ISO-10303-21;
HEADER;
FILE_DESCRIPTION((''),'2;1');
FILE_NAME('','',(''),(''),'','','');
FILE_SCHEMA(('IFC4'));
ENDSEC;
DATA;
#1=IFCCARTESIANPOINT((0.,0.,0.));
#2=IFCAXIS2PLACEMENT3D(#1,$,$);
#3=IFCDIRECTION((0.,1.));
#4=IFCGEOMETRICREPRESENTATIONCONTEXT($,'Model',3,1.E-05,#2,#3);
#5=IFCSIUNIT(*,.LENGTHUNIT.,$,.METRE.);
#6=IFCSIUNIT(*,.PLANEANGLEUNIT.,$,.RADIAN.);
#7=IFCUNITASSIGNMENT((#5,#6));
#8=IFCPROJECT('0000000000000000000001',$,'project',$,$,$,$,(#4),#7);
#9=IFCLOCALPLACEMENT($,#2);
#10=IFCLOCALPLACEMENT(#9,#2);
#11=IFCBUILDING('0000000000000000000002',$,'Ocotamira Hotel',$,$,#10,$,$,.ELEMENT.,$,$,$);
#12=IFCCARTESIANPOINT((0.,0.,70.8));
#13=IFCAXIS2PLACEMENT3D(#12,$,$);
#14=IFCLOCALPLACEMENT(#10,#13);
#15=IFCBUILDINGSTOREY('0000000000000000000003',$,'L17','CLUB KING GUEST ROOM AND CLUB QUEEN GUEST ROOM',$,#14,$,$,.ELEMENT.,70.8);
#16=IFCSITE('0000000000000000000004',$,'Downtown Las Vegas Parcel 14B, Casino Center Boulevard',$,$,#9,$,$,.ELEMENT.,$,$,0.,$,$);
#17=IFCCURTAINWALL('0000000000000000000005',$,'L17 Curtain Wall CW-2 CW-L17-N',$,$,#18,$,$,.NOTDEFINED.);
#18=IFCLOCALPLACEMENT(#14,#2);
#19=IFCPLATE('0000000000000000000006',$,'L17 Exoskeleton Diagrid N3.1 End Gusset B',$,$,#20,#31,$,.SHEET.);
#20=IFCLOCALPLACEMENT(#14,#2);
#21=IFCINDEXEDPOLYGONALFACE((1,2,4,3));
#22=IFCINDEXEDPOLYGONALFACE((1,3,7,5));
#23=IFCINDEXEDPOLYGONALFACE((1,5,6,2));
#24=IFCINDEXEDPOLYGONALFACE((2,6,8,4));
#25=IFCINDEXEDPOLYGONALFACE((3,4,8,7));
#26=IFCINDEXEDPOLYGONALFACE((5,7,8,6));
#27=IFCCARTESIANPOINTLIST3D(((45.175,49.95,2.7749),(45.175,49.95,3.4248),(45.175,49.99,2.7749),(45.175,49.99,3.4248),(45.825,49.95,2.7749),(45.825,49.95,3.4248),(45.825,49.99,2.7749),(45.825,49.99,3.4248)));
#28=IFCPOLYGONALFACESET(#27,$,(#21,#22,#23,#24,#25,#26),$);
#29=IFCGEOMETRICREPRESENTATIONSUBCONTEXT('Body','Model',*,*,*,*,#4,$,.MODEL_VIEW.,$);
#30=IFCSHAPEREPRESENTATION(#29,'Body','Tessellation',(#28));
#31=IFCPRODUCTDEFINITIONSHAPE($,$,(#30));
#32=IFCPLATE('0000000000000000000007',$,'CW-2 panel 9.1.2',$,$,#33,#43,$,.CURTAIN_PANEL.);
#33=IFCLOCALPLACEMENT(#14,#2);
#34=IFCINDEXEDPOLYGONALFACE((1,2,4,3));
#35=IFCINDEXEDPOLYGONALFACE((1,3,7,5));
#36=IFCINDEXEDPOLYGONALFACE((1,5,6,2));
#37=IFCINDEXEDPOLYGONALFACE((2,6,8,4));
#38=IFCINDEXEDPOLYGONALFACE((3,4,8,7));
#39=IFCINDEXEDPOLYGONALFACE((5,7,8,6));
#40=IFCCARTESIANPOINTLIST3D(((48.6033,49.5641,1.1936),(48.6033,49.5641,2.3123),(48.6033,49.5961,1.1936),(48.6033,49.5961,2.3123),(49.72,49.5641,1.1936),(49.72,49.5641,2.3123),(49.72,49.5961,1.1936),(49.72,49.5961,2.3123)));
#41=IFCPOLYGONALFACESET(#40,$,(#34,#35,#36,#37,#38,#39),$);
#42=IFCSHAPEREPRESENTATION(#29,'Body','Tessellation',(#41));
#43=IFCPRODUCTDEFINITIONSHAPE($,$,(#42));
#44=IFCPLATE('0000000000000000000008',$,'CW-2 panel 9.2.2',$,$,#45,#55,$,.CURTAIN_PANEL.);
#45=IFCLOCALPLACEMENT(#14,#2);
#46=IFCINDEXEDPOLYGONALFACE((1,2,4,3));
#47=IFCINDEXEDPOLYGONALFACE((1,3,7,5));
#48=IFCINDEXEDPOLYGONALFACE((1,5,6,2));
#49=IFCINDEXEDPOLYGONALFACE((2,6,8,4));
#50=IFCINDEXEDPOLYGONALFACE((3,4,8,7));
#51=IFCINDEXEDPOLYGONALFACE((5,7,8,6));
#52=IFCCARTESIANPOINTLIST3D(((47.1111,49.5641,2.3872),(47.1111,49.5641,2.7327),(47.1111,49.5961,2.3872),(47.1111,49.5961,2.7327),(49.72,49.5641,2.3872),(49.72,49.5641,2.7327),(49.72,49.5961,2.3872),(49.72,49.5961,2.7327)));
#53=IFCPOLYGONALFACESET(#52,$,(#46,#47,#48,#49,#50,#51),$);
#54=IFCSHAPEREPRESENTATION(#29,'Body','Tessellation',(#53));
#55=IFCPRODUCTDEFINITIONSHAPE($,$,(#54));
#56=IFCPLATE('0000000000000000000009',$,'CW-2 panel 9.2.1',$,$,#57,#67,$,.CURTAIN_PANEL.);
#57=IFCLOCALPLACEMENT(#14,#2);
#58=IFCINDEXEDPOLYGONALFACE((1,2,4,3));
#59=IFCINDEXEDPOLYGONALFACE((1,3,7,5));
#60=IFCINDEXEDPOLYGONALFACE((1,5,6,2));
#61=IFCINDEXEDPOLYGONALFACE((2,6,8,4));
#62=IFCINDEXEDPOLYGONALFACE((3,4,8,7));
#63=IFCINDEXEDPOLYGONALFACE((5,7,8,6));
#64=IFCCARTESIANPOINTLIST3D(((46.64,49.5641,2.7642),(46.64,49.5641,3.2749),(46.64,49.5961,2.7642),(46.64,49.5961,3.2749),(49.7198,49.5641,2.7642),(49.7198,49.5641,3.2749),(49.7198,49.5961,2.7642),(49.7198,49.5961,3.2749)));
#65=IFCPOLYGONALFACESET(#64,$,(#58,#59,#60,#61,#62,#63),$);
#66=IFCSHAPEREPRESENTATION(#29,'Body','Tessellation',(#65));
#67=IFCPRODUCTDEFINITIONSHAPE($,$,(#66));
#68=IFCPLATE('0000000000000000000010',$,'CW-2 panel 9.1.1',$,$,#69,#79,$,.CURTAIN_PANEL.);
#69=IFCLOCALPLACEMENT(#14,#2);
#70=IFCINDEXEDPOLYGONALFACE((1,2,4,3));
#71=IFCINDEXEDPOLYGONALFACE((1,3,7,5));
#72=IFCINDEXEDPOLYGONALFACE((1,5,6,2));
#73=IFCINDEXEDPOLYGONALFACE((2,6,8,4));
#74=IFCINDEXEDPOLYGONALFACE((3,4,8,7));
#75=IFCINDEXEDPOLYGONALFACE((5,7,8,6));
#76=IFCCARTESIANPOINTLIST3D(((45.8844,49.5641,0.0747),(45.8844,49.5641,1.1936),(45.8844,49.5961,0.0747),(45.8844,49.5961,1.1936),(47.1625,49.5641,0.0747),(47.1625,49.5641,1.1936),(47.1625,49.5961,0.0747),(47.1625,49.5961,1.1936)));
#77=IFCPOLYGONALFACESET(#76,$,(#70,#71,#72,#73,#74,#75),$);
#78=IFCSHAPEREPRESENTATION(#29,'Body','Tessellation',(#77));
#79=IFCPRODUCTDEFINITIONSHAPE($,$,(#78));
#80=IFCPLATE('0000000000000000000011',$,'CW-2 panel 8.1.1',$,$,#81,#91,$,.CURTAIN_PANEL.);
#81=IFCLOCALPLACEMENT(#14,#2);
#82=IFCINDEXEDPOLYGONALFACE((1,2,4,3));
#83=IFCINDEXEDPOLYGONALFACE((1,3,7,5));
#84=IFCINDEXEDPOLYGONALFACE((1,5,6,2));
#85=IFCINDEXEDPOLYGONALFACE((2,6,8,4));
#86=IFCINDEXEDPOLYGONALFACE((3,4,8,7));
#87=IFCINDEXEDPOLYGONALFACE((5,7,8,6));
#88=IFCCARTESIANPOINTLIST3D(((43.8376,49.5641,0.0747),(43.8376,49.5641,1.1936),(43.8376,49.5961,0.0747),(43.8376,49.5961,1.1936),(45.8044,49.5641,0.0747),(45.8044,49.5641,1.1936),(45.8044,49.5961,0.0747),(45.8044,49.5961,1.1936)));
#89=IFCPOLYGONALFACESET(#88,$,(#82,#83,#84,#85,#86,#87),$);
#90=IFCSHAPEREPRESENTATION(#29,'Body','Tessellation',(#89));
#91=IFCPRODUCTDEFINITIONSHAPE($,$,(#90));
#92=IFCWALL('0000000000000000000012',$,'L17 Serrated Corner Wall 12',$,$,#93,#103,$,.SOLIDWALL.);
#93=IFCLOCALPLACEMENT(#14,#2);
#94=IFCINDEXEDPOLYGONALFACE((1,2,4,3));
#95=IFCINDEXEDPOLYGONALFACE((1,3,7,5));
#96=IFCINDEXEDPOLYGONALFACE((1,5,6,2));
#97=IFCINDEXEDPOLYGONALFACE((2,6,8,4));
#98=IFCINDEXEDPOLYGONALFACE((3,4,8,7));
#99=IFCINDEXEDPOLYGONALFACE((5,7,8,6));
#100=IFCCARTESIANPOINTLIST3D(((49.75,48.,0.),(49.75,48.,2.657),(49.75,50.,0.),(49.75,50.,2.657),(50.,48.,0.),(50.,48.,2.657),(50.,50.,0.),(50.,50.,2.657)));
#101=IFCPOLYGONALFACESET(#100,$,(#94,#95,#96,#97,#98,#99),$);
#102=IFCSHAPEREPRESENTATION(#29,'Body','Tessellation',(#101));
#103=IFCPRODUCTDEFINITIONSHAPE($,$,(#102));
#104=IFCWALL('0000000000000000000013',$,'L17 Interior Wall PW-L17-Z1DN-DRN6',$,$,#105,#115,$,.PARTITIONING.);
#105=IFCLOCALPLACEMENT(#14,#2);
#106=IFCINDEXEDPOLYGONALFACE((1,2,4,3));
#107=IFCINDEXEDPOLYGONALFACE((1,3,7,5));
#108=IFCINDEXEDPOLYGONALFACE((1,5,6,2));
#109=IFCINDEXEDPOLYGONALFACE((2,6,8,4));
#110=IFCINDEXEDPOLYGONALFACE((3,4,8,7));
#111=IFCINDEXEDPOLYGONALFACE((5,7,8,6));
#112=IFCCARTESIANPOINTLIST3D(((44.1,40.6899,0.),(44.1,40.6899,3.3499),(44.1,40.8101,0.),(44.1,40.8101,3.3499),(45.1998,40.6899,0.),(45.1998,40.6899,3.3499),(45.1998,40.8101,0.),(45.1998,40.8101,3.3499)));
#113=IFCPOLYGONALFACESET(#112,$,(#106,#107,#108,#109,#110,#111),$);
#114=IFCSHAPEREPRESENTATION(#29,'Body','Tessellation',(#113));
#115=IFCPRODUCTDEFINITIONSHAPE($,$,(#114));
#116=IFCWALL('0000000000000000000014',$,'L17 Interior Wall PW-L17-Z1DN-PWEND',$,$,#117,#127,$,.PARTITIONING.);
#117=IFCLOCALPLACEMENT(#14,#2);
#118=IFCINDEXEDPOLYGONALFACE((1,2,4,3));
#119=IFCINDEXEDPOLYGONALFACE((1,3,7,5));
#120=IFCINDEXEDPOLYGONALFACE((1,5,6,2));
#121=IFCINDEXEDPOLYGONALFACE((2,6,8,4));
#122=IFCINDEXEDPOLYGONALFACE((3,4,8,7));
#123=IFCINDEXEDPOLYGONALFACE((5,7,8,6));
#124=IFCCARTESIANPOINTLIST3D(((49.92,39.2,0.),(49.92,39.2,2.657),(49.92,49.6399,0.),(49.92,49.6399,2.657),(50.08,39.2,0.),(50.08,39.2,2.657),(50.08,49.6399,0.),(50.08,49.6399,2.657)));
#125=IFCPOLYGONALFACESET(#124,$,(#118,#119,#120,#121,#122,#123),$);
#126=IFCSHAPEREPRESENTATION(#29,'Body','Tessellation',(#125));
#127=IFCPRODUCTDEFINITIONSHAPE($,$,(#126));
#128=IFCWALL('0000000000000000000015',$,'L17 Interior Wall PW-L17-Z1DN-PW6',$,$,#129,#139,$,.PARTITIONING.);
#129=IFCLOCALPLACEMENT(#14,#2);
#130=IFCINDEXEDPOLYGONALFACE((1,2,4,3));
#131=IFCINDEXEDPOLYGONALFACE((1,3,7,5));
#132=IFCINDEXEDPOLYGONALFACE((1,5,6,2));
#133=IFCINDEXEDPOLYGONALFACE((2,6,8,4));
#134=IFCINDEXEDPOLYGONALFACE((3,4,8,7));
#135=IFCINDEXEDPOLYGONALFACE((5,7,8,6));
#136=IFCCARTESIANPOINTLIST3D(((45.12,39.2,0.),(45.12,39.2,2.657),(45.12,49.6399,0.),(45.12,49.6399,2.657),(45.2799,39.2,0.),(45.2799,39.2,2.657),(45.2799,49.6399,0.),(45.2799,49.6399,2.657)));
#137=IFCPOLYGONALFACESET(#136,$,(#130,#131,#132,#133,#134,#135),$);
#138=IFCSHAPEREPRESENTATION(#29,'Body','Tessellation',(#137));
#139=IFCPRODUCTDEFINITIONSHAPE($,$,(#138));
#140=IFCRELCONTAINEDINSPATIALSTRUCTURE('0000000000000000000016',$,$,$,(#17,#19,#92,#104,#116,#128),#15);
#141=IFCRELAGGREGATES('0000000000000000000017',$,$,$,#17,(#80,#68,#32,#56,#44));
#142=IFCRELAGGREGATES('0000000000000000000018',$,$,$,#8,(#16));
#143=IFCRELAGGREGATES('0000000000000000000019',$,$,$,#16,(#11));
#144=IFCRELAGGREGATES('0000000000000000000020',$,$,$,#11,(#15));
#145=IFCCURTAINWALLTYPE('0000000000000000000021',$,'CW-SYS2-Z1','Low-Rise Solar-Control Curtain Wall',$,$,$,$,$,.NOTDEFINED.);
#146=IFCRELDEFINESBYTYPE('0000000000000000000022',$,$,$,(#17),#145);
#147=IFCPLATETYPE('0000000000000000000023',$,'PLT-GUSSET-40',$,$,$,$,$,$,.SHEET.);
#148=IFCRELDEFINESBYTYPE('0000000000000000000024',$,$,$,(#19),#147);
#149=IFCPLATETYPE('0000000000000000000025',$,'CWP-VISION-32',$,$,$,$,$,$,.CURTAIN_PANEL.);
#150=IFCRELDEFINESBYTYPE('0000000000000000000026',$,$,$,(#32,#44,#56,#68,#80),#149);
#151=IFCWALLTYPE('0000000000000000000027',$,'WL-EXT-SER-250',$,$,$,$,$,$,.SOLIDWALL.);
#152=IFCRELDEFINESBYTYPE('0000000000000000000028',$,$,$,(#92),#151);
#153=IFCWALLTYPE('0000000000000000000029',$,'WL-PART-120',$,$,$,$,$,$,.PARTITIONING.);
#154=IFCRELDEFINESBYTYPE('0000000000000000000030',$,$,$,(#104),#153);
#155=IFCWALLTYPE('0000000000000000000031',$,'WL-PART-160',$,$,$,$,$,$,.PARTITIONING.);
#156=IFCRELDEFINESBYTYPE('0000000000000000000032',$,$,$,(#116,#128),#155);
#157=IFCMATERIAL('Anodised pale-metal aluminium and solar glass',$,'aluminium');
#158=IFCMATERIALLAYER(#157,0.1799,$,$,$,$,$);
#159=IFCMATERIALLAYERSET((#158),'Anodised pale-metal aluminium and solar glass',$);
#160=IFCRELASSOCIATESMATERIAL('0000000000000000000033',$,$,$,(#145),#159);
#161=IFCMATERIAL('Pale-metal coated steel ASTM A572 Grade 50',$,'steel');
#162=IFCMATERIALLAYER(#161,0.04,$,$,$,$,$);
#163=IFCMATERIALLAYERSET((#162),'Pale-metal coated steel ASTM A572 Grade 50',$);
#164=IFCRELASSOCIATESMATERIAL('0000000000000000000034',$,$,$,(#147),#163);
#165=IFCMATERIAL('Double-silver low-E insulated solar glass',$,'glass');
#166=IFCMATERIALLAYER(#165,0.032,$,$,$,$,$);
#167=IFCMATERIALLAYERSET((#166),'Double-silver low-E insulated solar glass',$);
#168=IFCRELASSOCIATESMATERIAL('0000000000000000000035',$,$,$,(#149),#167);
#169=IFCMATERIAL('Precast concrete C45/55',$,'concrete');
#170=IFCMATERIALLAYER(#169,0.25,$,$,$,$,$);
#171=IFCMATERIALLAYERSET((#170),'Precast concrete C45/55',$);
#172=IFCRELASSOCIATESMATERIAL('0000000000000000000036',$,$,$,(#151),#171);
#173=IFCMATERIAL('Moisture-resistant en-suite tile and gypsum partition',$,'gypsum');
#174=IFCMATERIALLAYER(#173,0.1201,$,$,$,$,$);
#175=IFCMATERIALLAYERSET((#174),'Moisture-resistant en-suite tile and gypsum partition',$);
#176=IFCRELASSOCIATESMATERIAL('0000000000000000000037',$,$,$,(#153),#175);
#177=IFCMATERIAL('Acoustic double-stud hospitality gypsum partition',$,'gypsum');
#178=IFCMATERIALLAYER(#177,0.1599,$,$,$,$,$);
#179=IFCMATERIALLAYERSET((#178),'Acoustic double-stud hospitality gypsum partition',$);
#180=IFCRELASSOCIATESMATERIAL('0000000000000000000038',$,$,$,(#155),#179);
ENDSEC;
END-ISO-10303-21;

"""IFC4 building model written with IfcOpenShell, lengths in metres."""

from ifc_helpers import new_model, si_unit, direction, frame, frame_2d, origin, origin_2d, place, context, subcontext, project, spatial, rectangle, extrude, source, transform, mapped, material, layer, layer_set, type_object, element, aggregate, save


model = new_model("IFC4")

# Units and contexts
model_context = context("Model", 3, precision=1e-05, world=origin(), true_north=direction((0.0, 1.0)))
body_context = subcontext(model_context, "Body", "Model", "MODEL_VIEW")
ifc_project = project(units=[si_unit("LENGTHUNIT", "METRE"), si_unit("PLANEANGLEUNIT", "RADIAN")], contexts=[model_context])

# Site, building, storey
site_placement = place(None, origin())
site = spatial("IfcSite", under=ifc_project, at=site_placement, Name="Downtown Las Vegas Parcel 14B, Casino Center Boulevard", CompositionType="ELEMENT", RefElevation=0.0)
building_placement = place(site_placement, origin())
building = spatial("IfcBuilding", under=site, at=building_placement, Name="Ocotamira Hotel", CompositionType="ELEMENT")
storey_placement = place(building_placement, frame((0.0, 0.0, 70.8)))
storey = spatial("IfcBuildingStorey", under=building, at=storey_placement, Name="L17", Description="CLUB KING GUEST ROOM AND CLUB QUEEN GUEST ROOM", CompositionType="ELEMENT", Elevation=70.8)

# Curtain wall
ifc_material_1 = material(Name="Anodised pale-metal aluminium and solar glass", Category="aluminium")
ifc_layer_1 = layer(ifc_material_1, 0.1799)
ifc_layer_set_1 = layer_set([ifc_layer_1], Name="Anodised pale-metal aluminium and solar glass")
curtain_wall_type = type_object("IfcCurtainWallType", Name="CW-SYS2-Z1", Description="Low-Rise Solar-Control Curtain Wall", PredefinedType="NOTDEFINED", material=ifc_layer_set_1)
curtain_wall_placement = place(storey_placement, origin())
curtain_wall = element("IfcCurtainWall", 1, at=curtain_wall_placement, inside=storey, type_object=curtain_wall_type, Name="L17 Curtain Wall CW-2 CW-L17-N", PredefinedType="NOTDEFINED")

# Plates
ifc_material_2 = material(Name="Pale-metal coated steel ASTM A572 Grade 50", Category="steel")
ifc_layer_2 = layer(ifc_material_2, 0.04)
ifc_layer_set_2 = layer_set([ifc_layer_2], Name="Pale-metal coated steel ASTM A572 Grade 50")
plate_type_1 = type_object("IfcPlateType", Name="PLT-GUSSET-40", PredefinedType="SHEET", material=ifc_layer_set_2)
shared_shape_1 = source(origin(), body_context, "Body", "SweptSolid", [
    extrude(rectangle(XDim=0.6499, YDim=0.04, at=origin_2d()), origin(), (0.0, 0.0, 1.0), 0.6499),
])
plate_1_placement = place(storey_placement, frame((45.5, 49.97, 2.7749), z_axis=(0.0, 0.0, 1.0), x_axis=(1.0, 0.0, 0.0)))
element("IfcPlate", 2, at=plate_1_placement, inside=storey, type_object=plate_type_1, Name="L17 Exoskeleton Diagrid N3.1 End Gusset B", PredefinedType="SHEET", context=body_context, shape_type="MappedRepresentation", body=[
    mapped(shared_shape_1, transform((0.0, 0.0, 0.0), scale=1.0)),
])
ifc_material_3 = material(Name="Double-silver low-E insulated solar glass", Category="glass")
ifc_layer_3 = layer(ifc_material_3, 0.032)
ifc_layer_set_3 = layer_set([ifc_layer_3], Name="Double-silver low-E insulated solar glass")
plate_type_2 = type_object("IfcPlateType", Name="CWP-VISION-32", PredefinedType="CURTAIN_PANEL", material=ifc_layer_set_3)
shared_shape_2 = source(origin(), body_context, "Body", "SweptSolid", [
    extrude(rectangle(XDim=1.1167, YDim=0.032, at=origin_2d()), origin(), (0.0, 0.0, 1.0), 1.1187),
])
plate_2_placement = place(storey_placement, frame((49.1616, 49.5801, 1.1936), z_axis=(0.0, 0.0, 1.0), x_axis=(1.0, 0.0, 0.0)))
plate_2 = element("IfcPlate", 3, at=plate_2_placement, type_object=plate_type_2, Name="CW-2 panel 9.1.2", PredefinedType="CURTAIN_PANEL", context=body_context, shape_type="MappedRepresentation", body=[
    mapped(shared_shape_2, transform((0.0, 0.0, 0.0), scale=1.0)),
])
shared_shape_3 = source(origin(), body_context, "Body", "SweptSolid", [
    extrude(rectangle(XDim=2.6089, YDim=0.032, at=origin_2d()), origin(), (0.0, 0.0, 1.0), 0.3455),
])
plate_3_placement = place(storey_placement, frame((48.4155, 49.5801, 2.3872), z_axis=(0.0, 0.0, 1.0), x_axis=(1.0, 0.0, 0.0)))
plate_3 = element("IfcPlate", 4, at=plate_3_placement, type_object=plate_type_2, Name="CW-2 panel 9.2.2", PredefinedType="CURTAIN_PANEL", context=body_context, shape_type="MappedRepresentation", body=[
    mapped(shared_shape_3, transform((0.0, 0.0, 0.0), scale=1.0)),
])
shared_shape_4 = source(origin(), body_context, "Body", "SweptSolid", [
    extrude(rectangle(XDim=3.0798, YDim=0.032, at=origin_2d()), origin(), (0.0, 0.0, 1.0), 0.5107),
])
plate_4_placement = place(storey_placement, frame((48.1799, 49.5801, 2.7642), z_axis=(0.0, 0.0, 1.0), x_axis=(1.0, 0.0, 0.0)))
plate_4 = element("IfcPlate", 5, at=plate_4_placement, type_object=plate_type_2, Name="CW-2 panel 9.2.1", PredefinedType="CURTAIN_PANEL", context=body_context, shape_type="MappedRepresentation", body=[
    mapped(shared_shape_4, transform((0.0, 0.0, 0.0), scale=1.0)),
])
shared_shape_5 = source(origin(), body_context, "Body", "SweptSolid", [
    extrude(rectangle(XDim=1.2781, YDim=0.032, at=origin_2d()), origin(), (0.0, 0.0, 1.0), 1.1189),
])
plate_5_placement = place(storey_placement, frame((46.5234, 49.5801, 0.0747), z_axis=(0.0, 0.0, 1.0), x_axis=(1.0, 0.0, 0.0)))
plate_5 = element("IfcPlate", 6, at=plate_5_placement, type_object=plate_type_2, Name="CW-2 panel 9.1.1", PredefinedType="CURTAIN_PANEL", context=body_context, shape_type="MappedRepresentation", body=[
    mapped(shared_shape_5, transform((0.0, 0.0, 0.0), scale=1.0)),
])
shared_shape_6 = source(origin(), body_context, "Body", "SweptSolid", [
    extrude(rectangle(XDim=1.9668, YDim=0.032, at=origin_2d()), origin(), (0.0, 0.0, 1.0), 1.1189),
])
plate_6_placement = place(storey_placement, frame((44.821, 49.5801, 0.0747), z_axis=(0.0, 0.0, 1.0), x_axis=(1.0, 0.0, 0.0)))
plate_6 = element("IfcPlate", 7, at=plate_6_placement, type_object=plate_type_2, Name="CW-2 panel 8.1.1", PredefinedType="CURTAIN_PANEL", context=body_context, shape_type="MappedRepresentation", body=[
    mapped(shared_shape_6, transform((0.0, 0.0, 0.0), scale=1.0)),
])
aggregate(curtain_wall, [plate_6, plate_5, plate_2, plate_4, plate_3])

# Walls
ifc_material_4 = material(Name="Precast concrete C45/55", Category="concrete")
ifc_layer_4 = layer(ifc_material_4, 0.25)
ifc_layer_set_4 = layer_set([ifc_layer_4], Name="Precast concrete C45/55")
wall_type_1 = type_object("IfcWallType", Name="WL-EXT-SER-250", PredefinedType="SOLIDWALL", material=ifc_layer_set_4)
wall_1_placement = place(storey_placement, frame((49.875, 48.0, 0.0), z_axis=(0.0, 0.0, 1.0), x_axis=(0.0, 1.0, 0.0)))
element("IfcWall", 8, at=wall_1_placement, inside=storey, type_object=wall_type_1, Name="L17 Serrated Corner Wall 12", PredefinedType="SOLIDWALL", context=body_context, shape_type="SweptSolid", body=[
    extrude(rectangle(XDim=2.0, YDim=0.25, at=frame_2d((1.0, 0.0))), origin(), (0.0, 0.0, 1.0), 2.657),
])
ifc_material_5 = material(Name="Moisture-resistant en-suite tile and gypsum partition", Category="gypsum")
ifc_layer_5 = layer(ifc_material_5, 0.1201)
ifc_layer_set_5 = layer_set([ifc_layer_5], Name="Moisture-resistant en-suite tile and gypsum partition")
wall_type_2 = type_object("IfcWallType", Name="WL-PART-120", PredefinedType="PARTITIONING", material=ifc_layer_set_5)
wall_2_placement = place(storey_placement, frame((44.1001, 40.75, 0.0), z_axis=(0.0, 0.0, 1.0), x_axis=(1.0, 0.0, 0.0)))
element("IfcWall", 9, at=wall_2_placement, inside=storey, type_object=wall_type_2, Name="L17 Interior Wall PW-L17-Z1DN-DRN6", PredefinedType="PARTITIONING", context=body_context, shape_type="SweptSolid", body=[
    extrude(rectangle(XDim=1.0999, YDim=0.1201, at=frame_2d((0.5498, 0.0))), origin(), (0.0, 0.0, 1.0), 3.3499),
])
ifc_material_6 = material(Name="Acoustic double-stud hospitality gypsum partition", Category="gypsum")
ifc_layer_6 = layer(ifc_material_6, 0.1599)
ifc_layer_set_6 = layer_set([ifc_layer_6], Name="Acoustic double-stud hospitality gypsum partition")
wall_type_3 = type_object("IfcWallType", Name="WL-PART-160", PredefinedType="PARTITIONING", material=ifc_layer_set_6)
for number, where, z_axis, x_axis, name in (
    (10, (50.0, 39.2, 0.0), (0.0, 0.0, 1.0), (0.0, 1.0, 0.0), "L17 Interior Wall PW-L17-Z1DN-PWEND"),
    (11, (45.2, 39.2, 0.0), (0.0, 0.0, 1.0), (0.0, 1.0, 0.0), "L17 Interior Wall PW-L17-Z1DN-PW6"),
):
    element("IfcWall", number, at=place(storey_placement, frame(where, z_axis=z_axis, x_axis=x_axis)), inside=storey, type_object=wall_type_3, Name=name, PredefinedType="PARTITIONING", context=body_context, shape_type="SweptSolid", body=[
        extrude(rectangle(XDim=10.4399, YDim=0.1599, at=frame_2d((5.22, 0.0))), origin(), (0.0, 0.0, 1.0), 2.657),
    ])

save(model, "model.ifc")
